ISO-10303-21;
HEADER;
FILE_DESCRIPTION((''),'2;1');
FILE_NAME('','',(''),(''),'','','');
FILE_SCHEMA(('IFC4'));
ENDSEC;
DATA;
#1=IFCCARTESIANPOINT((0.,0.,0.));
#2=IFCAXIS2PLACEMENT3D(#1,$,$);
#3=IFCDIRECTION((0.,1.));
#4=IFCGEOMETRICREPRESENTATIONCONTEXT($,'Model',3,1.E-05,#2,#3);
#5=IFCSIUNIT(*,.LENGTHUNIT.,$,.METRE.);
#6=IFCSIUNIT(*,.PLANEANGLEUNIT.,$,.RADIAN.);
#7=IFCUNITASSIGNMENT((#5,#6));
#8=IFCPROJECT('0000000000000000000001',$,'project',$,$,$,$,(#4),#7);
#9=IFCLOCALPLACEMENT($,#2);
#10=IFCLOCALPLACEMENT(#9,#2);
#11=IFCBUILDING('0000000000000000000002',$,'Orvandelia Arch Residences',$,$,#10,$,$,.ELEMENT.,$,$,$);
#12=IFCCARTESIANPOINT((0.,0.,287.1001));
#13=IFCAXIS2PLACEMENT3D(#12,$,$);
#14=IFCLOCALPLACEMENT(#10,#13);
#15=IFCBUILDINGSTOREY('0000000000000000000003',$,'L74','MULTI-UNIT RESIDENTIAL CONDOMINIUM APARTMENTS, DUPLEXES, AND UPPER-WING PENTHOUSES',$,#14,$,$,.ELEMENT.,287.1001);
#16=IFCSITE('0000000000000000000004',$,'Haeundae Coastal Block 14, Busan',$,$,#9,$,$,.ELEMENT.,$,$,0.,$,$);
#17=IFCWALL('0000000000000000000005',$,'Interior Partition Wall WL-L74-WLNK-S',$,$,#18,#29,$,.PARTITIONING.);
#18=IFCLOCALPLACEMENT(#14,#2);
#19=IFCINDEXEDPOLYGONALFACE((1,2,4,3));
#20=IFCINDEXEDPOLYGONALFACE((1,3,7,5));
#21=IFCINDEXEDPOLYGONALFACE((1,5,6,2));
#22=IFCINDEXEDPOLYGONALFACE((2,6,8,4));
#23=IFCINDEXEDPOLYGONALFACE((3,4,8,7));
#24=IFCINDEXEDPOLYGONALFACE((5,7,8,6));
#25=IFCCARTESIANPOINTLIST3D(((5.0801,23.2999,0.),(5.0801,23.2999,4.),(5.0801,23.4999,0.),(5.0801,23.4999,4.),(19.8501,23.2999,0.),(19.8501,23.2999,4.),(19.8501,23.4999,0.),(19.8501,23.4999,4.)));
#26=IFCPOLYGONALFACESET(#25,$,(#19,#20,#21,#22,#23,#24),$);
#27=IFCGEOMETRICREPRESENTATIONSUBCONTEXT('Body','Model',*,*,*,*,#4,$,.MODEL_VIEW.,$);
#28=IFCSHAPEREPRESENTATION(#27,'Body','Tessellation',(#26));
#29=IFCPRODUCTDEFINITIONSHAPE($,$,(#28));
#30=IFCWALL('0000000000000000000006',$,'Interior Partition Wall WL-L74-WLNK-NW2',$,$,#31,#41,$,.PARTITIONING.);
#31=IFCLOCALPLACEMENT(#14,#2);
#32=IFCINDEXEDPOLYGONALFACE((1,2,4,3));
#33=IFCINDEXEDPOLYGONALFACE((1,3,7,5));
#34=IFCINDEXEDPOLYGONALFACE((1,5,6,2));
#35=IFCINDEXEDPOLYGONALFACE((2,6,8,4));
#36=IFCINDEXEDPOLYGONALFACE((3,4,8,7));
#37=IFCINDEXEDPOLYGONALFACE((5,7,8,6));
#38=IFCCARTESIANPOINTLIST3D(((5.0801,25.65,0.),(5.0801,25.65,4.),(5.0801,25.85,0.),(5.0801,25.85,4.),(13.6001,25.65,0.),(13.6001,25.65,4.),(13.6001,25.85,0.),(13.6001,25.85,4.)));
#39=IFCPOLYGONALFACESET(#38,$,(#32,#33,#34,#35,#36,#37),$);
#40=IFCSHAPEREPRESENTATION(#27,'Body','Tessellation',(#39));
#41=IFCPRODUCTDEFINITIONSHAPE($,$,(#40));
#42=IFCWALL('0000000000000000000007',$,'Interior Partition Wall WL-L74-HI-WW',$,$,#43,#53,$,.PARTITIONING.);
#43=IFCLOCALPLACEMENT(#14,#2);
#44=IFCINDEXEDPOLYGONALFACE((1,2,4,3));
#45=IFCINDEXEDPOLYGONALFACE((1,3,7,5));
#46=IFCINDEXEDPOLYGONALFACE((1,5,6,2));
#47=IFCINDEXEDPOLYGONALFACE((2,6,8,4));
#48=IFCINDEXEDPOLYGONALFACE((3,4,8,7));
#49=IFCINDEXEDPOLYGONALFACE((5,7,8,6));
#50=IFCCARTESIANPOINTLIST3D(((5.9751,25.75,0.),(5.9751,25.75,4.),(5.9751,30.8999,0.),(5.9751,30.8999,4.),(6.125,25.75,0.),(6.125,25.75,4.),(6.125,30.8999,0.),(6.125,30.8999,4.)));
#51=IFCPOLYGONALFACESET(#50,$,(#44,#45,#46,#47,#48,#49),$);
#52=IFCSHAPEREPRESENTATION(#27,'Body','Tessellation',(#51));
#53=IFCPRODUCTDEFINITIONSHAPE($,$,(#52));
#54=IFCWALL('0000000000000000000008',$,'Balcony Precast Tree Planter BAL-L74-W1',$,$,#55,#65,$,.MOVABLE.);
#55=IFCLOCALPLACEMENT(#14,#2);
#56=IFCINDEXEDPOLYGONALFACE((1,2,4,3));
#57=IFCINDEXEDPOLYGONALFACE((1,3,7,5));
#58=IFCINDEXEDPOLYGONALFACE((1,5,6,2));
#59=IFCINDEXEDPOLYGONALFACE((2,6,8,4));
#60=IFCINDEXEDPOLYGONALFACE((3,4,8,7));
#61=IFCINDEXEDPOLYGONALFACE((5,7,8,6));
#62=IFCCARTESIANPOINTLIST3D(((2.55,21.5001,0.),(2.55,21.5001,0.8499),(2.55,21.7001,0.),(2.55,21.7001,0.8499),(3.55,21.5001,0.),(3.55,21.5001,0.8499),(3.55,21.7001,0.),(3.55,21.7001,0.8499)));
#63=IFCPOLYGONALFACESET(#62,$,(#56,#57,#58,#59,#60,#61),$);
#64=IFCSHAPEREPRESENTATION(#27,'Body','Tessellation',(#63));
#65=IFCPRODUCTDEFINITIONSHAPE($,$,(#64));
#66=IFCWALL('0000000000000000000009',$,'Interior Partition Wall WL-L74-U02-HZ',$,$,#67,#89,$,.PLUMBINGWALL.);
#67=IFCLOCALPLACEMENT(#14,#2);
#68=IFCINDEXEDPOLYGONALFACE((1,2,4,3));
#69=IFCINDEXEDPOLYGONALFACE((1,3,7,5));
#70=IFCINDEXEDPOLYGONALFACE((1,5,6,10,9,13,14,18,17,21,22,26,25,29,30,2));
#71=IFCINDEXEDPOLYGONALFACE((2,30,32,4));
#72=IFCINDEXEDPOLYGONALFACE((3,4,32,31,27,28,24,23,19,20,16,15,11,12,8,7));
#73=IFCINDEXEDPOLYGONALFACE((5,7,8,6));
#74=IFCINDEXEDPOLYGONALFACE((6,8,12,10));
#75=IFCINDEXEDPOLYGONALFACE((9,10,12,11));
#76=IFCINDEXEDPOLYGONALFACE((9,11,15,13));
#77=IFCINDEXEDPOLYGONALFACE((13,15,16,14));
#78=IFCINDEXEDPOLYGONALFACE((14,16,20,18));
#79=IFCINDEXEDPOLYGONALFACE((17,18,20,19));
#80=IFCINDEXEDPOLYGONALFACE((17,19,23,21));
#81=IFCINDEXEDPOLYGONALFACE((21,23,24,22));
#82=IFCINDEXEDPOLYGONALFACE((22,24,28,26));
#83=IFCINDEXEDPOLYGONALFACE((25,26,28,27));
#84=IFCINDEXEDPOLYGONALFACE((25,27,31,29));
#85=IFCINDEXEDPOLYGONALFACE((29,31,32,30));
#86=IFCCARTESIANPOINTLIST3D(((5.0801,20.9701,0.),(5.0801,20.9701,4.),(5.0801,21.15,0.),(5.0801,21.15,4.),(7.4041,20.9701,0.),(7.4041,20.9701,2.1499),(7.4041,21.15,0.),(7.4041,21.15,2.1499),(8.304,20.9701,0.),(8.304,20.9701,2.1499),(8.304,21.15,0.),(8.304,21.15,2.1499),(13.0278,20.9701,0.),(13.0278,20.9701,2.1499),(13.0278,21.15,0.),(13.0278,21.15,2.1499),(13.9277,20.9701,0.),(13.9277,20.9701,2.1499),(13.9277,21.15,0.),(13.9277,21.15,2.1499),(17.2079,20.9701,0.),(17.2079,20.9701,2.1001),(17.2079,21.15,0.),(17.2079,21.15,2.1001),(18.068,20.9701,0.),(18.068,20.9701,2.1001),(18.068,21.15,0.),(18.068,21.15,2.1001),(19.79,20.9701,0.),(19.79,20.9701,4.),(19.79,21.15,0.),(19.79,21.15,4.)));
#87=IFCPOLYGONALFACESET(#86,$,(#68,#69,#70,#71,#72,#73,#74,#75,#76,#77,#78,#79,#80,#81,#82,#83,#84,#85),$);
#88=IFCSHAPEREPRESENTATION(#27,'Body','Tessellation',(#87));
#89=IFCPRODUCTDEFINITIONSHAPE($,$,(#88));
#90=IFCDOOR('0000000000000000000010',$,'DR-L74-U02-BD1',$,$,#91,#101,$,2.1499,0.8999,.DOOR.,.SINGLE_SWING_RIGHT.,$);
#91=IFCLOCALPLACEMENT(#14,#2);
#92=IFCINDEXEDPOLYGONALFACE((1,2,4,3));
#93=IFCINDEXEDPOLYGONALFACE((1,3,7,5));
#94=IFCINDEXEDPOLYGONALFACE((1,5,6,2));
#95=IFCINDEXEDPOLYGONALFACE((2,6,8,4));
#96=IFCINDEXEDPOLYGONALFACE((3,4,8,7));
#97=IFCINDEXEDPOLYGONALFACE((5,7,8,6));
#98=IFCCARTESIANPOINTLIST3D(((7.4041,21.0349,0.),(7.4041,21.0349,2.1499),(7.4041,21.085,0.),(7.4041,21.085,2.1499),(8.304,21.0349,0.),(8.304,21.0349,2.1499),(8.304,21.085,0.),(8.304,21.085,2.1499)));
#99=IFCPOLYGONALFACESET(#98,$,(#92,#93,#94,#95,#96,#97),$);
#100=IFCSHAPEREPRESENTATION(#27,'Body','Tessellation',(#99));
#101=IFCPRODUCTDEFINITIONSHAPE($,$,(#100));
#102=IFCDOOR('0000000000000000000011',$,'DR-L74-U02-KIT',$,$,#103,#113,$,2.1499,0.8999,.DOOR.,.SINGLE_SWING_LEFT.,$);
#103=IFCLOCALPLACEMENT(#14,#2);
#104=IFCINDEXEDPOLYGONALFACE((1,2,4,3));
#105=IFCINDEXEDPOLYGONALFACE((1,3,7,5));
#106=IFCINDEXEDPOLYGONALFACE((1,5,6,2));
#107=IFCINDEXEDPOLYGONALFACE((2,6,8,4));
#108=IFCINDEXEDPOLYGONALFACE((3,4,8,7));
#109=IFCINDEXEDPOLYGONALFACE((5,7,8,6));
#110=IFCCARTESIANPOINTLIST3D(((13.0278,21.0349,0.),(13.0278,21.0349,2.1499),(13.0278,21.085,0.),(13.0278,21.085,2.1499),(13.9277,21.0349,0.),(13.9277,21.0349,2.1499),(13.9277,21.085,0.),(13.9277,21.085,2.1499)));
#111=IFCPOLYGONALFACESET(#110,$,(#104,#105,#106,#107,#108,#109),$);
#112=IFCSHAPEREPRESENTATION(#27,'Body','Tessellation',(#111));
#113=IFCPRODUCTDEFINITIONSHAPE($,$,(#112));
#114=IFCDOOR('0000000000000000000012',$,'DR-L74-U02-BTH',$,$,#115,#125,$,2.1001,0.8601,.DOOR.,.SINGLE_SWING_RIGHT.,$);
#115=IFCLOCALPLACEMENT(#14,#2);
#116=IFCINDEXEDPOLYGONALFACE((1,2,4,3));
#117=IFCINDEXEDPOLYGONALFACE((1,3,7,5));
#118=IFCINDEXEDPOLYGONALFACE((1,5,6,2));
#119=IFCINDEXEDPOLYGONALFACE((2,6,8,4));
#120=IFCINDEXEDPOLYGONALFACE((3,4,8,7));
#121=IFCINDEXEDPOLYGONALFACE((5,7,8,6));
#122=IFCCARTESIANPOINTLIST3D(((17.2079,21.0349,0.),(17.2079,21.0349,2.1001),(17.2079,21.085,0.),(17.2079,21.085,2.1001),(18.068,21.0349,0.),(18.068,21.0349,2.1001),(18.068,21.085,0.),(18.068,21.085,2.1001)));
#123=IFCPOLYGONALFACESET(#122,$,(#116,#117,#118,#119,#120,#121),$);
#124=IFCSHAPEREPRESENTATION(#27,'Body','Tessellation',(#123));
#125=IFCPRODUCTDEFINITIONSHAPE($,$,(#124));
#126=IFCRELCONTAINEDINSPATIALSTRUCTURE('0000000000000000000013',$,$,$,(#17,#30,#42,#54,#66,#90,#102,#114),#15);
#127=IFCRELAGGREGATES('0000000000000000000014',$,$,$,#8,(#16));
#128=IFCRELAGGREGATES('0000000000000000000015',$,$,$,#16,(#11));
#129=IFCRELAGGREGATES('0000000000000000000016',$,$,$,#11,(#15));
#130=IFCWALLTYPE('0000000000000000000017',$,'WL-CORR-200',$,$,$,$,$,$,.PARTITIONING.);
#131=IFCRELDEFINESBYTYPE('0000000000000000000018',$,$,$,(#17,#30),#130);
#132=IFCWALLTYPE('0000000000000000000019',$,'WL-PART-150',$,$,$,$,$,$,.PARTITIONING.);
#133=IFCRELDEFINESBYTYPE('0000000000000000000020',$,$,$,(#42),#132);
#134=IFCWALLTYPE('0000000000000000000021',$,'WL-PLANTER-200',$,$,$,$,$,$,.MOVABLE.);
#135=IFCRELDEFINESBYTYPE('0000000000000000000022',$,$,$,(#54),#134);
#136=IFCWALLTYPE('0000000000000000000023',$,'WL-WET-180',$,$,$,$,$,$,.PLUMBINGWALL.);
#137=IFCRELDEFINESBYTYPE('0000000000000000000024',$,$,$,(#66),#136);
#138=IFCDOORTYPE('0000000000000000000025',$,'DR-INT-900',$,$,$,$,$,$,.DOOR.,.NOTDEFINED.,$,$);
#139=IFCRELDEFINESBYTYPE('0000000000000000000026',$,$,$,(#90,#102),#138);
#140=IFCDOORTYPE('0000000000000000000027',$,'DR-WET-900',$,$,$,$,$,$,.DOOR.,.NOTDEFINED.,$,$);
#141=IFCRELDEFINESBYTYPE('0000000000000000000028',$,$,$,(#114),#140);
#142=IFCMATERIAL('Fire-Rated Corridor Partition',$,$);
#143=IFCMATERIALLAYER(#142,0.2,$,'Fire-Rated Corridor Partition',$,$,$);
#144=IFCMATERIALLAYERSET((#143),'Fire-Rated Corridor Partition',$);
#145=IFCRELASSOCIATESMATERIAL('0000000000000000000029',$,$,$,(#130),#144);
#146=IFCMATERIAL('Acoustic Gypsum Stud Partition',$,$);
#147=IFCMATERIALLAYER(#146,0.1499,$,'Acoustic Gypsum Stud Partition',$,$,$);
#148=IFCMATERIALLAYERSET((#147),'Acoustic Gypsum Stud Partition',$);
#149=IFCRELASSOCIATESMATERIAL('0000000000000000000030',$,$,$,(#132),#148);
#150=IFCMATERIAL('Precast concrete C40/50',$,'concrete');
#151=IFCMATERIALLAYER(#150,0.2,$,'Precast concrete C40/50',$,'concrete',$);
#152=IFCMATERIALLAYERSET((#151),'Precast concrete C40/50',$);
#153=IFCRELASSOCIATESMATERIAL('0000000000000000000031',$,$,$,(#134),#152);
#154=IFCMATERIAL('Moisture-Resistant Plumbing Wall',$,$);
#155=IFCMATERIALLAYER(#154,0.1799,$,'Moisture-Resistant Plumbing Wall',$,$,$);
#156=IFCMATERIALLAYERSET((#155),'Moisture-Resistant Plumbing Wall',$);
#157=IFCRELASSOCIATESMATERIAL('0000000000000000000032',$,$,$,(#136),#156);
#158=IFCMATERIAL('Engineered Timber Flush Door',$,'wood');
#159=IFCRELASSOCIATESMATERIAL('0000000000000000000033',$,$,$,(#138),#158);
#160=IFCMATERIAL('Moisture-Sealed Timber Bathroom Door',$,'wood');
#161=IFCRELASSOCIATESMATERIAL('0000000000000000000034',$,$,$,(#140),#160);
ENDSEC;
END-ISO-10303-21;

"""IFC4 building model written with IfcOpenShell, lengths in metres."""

from ifc_helpers import new_model, si_unit, direction, frame, frame_2d, origin, place, context, subcontext, project, spatial, rectangle, extrude, material, layer, layer_set, type_object, element, fill, save


model = new_model("IFC4")

# Units and contexts
model_context = context("Model", 3, precision=1e-05, world=origin(), true_north=direction((0.0, 1.0)))
body_context = subcontext(model_context, "Body", "Model", "MODEL_VIEW")
ifc_project = project(units=[si_unit("LENGTHUNIT", "METRE"), si_unit("PLANEANGLEUNIT", "RADIAN")], contexts=[model_context])

# Site, building, storey
site_placement = place(None, origin())
site = spatial("IfcSite", under=ifc_project, at=site_placement, Name="Haeundae Coastal Block 14, Busan", CompositionType="ELEMENT", RefElevation=0.0)
building_placement = place(site_placement, origin())
building = spatial("IfcBuilding", under=site, at=building_placement, Name="Orvandelia Arch Residences", CompositionType="ELEMENT")
storey_placement = place(building_placement, frame((0.0, 0.0, 287.1001)))
storey = spatial("IfcBuildingStorey", under=building, at=storey_placement, Name="L74", Description="MULTI-UNIT RESIDENTIAL CONDOMINIUM APARTMENTS, DUPLEXES, AND UPPER-WING PENTHOUSES", CompositionType="ELEMENT", Elevation=287.1001)

# Walls
ifc_material_1 = material(Name="Fire-Rated Corridor Partition")
ifc_layer_1 = layer(ifc_material_1, 0.2, Name="Fire-Rated Corridor Partition")
ifc_layer_set_1 = layer_set([ifc_layer_1], Name="Fire-Rated Corridor Partition")
wall_type_1 = type_object("IfcWallType", Name="WL-CORR-200", PredefinedType="PARTITIONING", material=ifc_layer_set_1)
wall_1_placement = place(storey_placement, frame((5.0801, 23.3999, 0.0), z_axis=(0.0, 0.0, 1.0), x_axis=(1.0, 0.0, 0.0)))
element("IfcWall", 1, at=wall_1_placement, inside=storey, type_object=wall_type_1, Name="Interior Partition Wall WL-L74-WLNK-S", PredefinedType="PARTITIONING", context=body_context, shape_type="SweptSolid", body=[
    extrude(rectangle(XDim=14.77, YDim=0.2, at=frame_2d((7.385, 0.0))), origin(), (0.0, 0.0, 1.0), 4.0),
])
wall_2_placement = place(storey_placement, frame((5.0801, 25.75, 0.0), z_axis=(0.0, 0.0, 1.0), x_axis=(1.0, 0.0, 0.0)))
element("IfcWall", 2, at=wall_2_placement, inside=storey, type_object=wall_type_1, Name="Interior Partition Wall WL-L74-WLNK-NW2", PredefinedType="PARTITIONING", context=body_context, shape_type="SweptSolid", body=[
    extrude(rectangle(XDim=8.52, YDim=0.2, at=frame_2d((4.26, 0.0))), origin(), (0.0, 0.0, 1.0), 4.0),
])
ifc_material_2 = material(Name="Acoustic Gypsum Stud Partition")
ifc_layer_2 = layer(ifc_material_2, 0.1499, Name="Acoustic Gypsum Stud Partition")
ifc_layer_set_2 = layer_set([ifc_layer_2], Name="Acoustic Gypsum Stud Partition")
wall_type_2 = type_object("IfcWallType", Name="WL-PART-150", PredefinedType="PARTITIONING", material=ifc_layer_set_2)
wall_3_placement = place(storey_placement, frame((6.05, 25.75, 0.0), z_axis=(0.0, 0.0, 1.0), x_axis=(0.0, 1.0, 0.0)))
element("IfcWall", 3, at=wall_3_placement, inside=storey, type_object=wall_type_2, Name="Interior Partition Wall WL-L74-HI-WW", PredefinedType="PARTITIONING", context=body_context, shape_type="SweptSolid", body=[
    extrude(rectangle(XDim=5.1499, YDim=0.1499, at=frame_2d((2.575, 0.0))), origin(), (0.0, 0.0, 1.0), 4.0),
])
ifc_material_3 = material(Name="Precast concrete C40/50", Category="concrete")
ifc_layer_3 = layer(ifc_material_3, 0.2, Name="Precast concrete C40/50", Category="concrete")
ifc_layer_set_3 = layer_set([ifc_layer_3], Name="Precast concrete C40/50")
wall_type_3 = type_object("IfcWallType", Name="WL-PLANTER-200", PredefinedType="MOVABLE", material=ifc_layer_set_3)
wall_4_placement = place(storey_placement, frame((2.55, 21.6001, 0.0), z_axis=(0.0, 0.0, 1.0), x_axis=(1.0, 0.0, 0.0)))
element("IfcWall", 4, at=wall_4_placement, inside=storey, type_object=wall_type_3, Name="Balcony Precast Tree Planter BAL-L74-W1", PredefinedType="MOVABLE", context=body_context, shape_type="SweptSolid", body=[
    extrude(rectangle(XDim=1.0, YDim=0.2, at=frame_2d((0.5, 0.0))), origin(), (0.0, 0.0, 1.0), 0.8499),
])

# Wall, openings, doors
ifc_material_4 = material(Name="Moisture-Resistant Plumbing Wall")
ifc_layer_4 = layer(ifc_material_4, 0.1799, Name="Moisture-Resistant Plumbing Wall")
ifc_layer_set_4 = layer_set([ifc_layer_4], Name="Moisture-Resistant Plumbing Wall")
wall_type_4 = type_object("IfcWallType", Name="WL-WET-180", PredefinedType="PLUMBINGWALL", material=ifc_layer_set_4)
wall_5_placement = place(storey_placement, frame((5.0801, 21.0601, 0.0), z_axis=(0.0, 0.0, 1.0), x_axis=(1.0, 0.0, 0.0)))
wall_5 = element("IfcWall", 5, at=wall_5_placement, inside=storey, type_object=wall_type_4, Name="Interior Partition Wall WL-L74-U02-HZ", PredefinedType="PLUMBINGWALL", context=body_context, shape_type="SweptSolid", body=[
    extrude(rectangle(XDim=14.71, YDim=0.1799, at=frame_2d((7.355, 0.0))), origin(), (0.0, 0.0, 1.0), 4.0),
])
opening_1_placement = place(wall_5_placement, frame((2.324, 0.0, 0.0)))
opening_1 = element("IfcOpeningElement", 6, at=opening_1_placement, cuts=wall_5, PredefinedType="OPENING", context=body_context, shape_type="SweptSolid", body=[
    extrude(rectangle(XDim=0.8999, YDim=2.1499, at=frame_2d((0.45, 1.075))), frame((0.0, 0.1001, 0.0), z_axis=(0.0, -1.0, 0.0), x_axis=(1.0, 0.0, 0.0)), (0.0, 0.0, 1.0), 0.2),
])
opening_2_placement = place(wall_5_placement, frame((7.9478, 0.0, 0.0)))
opening_2 = element("IfcOpeningElement", 7, at=opening_2_placement, cuts=wall_5, PredefinedType="OPENING", context=body_context, shape_type="SweptSolid", body=[
    extrude(rectangle(XDim=0.8999, YDim=2.1499, at=frame_2d((0.45, 1.075))), frame((0.0, 0.1001, 0.0), z_axis=(0.0, -1.0, 0.0), x_axis=(1.0, 0.0, 0.0)), (0.0, 0.0, 1.0), 0.2),
])
opening_3_placement = place(wall_5_placement, frame((12.1277, 0.0, 0.0)))
opening_3 = element("IfcOpeningElement", 8, at=opening_3_placement, cuts=wall_5, PredefinedType="OPENING", context=body_context, shape_type="SweptSolid", body=[
    extrude(rectangle(XDim=0.8601, YDim=2.1001, at=frame_2d((0.4302, 1.05))), frame((0.0, 0.1001, 0.0), z_axis=(0.0, -1.0, 0.0), x_axis=(1.0, 0.0, 0.0)), (0.0, 0.0, 1.0), 0.2),
])
ifc_material_5 = material(Name="Engineered Timber Flush Door", Category="wood")
door_type_1 = type_object("IfcDoorType", Name="DR-INT-900", OperationType="NOTDEFINED", PredefinedType="DOOR", material=ifc_material_5)
door_1_placement = place(opening_1_placement, origin())
door_1 = element("IfcDoor", 9, at=door_1_placement, inside=storey, type_object=door_type_1, Name="DR-L74-U02-BD1", OperationType="SINGLE_SWING_RIGHT", OverallHeight=2.1499, OverallWidth=0.8999, PredefinedType="DOOR", context=body_context, shape_type="SweptSolid", body=[
    extrude(rectangle(XDim=0.8999, YDim=2.1499, at=frame_2d((0.45, 1.075))), frame((0.0, 0.0249, 0.0), z_axis=(0.0, -1.0, 0.0), x_axis=(1.0, 0.0, 0.0)), (0.0, 0.0, 1.0), 0.05),
])
fill(opening_1, door_1)
door_2_placement = place(opening_2_placement, origin())
door_2 = element("IfcDoor", 10, at=door_2_placement, inside=storey, type_object=door_type_1, Name="DR-L74-U02-KIT", OperationType="SINGLE_SWING_LEFT", OverallHeight=2.1499, OverallWidth=0.8999, PredefinedType="DOOR", context=body_context, shape_type="SweptSolid", body=[
    extrude(rectangle(XDim=0.8999, YDim=2.1499, at=frame_2d((0.45, 1.075))), frame((0.0, 0.0249, 0.0), z_axis=(0.0, -1.0, 0.0), x_axis=(1.0, 0.0, 0.0)), (0.0, 0.0, 1.0), 0.05),
])
fill(opening_2, door_2)
ifc_material_6 = material(Name="Moisture-Sealed Timber Bathroom Door", Category="wood")
door_type_2 = type_object("IfcDoorType", Name="DR-WET-900", OperationType="NOTDEFINED", PredefinedType="DOOR", material=ifc_material_6)
door_3_placement = place(opening_3_placement, origin())
door_3 = element("IfcDoor", 11, at=door_3_placement, inside=storey, type_object=door_type_2, Name="DR-L74-U02-BTH", OperationType="SINGLE_SWING_RIGHT", OverallHeight=2.1001, OverallWidth=0.8601, PredefinedType="DOOR", context=body_context, shape_type="SweptSolid", body=[
    extrude(rectangle(XDim=0.8601, YDim=2.1001, at=frame_2d((0.4302, 1.05))), frame((0.0, 0.0249, 0.0), z_axis=(0.0, -1.0, 0.0), x_axis=(1.0, 0.0, 0.0)), (0.0, 0.0, 1.0), 0.05),
])
fill(opening_3, door_3)

save(model, "model.ifc")
